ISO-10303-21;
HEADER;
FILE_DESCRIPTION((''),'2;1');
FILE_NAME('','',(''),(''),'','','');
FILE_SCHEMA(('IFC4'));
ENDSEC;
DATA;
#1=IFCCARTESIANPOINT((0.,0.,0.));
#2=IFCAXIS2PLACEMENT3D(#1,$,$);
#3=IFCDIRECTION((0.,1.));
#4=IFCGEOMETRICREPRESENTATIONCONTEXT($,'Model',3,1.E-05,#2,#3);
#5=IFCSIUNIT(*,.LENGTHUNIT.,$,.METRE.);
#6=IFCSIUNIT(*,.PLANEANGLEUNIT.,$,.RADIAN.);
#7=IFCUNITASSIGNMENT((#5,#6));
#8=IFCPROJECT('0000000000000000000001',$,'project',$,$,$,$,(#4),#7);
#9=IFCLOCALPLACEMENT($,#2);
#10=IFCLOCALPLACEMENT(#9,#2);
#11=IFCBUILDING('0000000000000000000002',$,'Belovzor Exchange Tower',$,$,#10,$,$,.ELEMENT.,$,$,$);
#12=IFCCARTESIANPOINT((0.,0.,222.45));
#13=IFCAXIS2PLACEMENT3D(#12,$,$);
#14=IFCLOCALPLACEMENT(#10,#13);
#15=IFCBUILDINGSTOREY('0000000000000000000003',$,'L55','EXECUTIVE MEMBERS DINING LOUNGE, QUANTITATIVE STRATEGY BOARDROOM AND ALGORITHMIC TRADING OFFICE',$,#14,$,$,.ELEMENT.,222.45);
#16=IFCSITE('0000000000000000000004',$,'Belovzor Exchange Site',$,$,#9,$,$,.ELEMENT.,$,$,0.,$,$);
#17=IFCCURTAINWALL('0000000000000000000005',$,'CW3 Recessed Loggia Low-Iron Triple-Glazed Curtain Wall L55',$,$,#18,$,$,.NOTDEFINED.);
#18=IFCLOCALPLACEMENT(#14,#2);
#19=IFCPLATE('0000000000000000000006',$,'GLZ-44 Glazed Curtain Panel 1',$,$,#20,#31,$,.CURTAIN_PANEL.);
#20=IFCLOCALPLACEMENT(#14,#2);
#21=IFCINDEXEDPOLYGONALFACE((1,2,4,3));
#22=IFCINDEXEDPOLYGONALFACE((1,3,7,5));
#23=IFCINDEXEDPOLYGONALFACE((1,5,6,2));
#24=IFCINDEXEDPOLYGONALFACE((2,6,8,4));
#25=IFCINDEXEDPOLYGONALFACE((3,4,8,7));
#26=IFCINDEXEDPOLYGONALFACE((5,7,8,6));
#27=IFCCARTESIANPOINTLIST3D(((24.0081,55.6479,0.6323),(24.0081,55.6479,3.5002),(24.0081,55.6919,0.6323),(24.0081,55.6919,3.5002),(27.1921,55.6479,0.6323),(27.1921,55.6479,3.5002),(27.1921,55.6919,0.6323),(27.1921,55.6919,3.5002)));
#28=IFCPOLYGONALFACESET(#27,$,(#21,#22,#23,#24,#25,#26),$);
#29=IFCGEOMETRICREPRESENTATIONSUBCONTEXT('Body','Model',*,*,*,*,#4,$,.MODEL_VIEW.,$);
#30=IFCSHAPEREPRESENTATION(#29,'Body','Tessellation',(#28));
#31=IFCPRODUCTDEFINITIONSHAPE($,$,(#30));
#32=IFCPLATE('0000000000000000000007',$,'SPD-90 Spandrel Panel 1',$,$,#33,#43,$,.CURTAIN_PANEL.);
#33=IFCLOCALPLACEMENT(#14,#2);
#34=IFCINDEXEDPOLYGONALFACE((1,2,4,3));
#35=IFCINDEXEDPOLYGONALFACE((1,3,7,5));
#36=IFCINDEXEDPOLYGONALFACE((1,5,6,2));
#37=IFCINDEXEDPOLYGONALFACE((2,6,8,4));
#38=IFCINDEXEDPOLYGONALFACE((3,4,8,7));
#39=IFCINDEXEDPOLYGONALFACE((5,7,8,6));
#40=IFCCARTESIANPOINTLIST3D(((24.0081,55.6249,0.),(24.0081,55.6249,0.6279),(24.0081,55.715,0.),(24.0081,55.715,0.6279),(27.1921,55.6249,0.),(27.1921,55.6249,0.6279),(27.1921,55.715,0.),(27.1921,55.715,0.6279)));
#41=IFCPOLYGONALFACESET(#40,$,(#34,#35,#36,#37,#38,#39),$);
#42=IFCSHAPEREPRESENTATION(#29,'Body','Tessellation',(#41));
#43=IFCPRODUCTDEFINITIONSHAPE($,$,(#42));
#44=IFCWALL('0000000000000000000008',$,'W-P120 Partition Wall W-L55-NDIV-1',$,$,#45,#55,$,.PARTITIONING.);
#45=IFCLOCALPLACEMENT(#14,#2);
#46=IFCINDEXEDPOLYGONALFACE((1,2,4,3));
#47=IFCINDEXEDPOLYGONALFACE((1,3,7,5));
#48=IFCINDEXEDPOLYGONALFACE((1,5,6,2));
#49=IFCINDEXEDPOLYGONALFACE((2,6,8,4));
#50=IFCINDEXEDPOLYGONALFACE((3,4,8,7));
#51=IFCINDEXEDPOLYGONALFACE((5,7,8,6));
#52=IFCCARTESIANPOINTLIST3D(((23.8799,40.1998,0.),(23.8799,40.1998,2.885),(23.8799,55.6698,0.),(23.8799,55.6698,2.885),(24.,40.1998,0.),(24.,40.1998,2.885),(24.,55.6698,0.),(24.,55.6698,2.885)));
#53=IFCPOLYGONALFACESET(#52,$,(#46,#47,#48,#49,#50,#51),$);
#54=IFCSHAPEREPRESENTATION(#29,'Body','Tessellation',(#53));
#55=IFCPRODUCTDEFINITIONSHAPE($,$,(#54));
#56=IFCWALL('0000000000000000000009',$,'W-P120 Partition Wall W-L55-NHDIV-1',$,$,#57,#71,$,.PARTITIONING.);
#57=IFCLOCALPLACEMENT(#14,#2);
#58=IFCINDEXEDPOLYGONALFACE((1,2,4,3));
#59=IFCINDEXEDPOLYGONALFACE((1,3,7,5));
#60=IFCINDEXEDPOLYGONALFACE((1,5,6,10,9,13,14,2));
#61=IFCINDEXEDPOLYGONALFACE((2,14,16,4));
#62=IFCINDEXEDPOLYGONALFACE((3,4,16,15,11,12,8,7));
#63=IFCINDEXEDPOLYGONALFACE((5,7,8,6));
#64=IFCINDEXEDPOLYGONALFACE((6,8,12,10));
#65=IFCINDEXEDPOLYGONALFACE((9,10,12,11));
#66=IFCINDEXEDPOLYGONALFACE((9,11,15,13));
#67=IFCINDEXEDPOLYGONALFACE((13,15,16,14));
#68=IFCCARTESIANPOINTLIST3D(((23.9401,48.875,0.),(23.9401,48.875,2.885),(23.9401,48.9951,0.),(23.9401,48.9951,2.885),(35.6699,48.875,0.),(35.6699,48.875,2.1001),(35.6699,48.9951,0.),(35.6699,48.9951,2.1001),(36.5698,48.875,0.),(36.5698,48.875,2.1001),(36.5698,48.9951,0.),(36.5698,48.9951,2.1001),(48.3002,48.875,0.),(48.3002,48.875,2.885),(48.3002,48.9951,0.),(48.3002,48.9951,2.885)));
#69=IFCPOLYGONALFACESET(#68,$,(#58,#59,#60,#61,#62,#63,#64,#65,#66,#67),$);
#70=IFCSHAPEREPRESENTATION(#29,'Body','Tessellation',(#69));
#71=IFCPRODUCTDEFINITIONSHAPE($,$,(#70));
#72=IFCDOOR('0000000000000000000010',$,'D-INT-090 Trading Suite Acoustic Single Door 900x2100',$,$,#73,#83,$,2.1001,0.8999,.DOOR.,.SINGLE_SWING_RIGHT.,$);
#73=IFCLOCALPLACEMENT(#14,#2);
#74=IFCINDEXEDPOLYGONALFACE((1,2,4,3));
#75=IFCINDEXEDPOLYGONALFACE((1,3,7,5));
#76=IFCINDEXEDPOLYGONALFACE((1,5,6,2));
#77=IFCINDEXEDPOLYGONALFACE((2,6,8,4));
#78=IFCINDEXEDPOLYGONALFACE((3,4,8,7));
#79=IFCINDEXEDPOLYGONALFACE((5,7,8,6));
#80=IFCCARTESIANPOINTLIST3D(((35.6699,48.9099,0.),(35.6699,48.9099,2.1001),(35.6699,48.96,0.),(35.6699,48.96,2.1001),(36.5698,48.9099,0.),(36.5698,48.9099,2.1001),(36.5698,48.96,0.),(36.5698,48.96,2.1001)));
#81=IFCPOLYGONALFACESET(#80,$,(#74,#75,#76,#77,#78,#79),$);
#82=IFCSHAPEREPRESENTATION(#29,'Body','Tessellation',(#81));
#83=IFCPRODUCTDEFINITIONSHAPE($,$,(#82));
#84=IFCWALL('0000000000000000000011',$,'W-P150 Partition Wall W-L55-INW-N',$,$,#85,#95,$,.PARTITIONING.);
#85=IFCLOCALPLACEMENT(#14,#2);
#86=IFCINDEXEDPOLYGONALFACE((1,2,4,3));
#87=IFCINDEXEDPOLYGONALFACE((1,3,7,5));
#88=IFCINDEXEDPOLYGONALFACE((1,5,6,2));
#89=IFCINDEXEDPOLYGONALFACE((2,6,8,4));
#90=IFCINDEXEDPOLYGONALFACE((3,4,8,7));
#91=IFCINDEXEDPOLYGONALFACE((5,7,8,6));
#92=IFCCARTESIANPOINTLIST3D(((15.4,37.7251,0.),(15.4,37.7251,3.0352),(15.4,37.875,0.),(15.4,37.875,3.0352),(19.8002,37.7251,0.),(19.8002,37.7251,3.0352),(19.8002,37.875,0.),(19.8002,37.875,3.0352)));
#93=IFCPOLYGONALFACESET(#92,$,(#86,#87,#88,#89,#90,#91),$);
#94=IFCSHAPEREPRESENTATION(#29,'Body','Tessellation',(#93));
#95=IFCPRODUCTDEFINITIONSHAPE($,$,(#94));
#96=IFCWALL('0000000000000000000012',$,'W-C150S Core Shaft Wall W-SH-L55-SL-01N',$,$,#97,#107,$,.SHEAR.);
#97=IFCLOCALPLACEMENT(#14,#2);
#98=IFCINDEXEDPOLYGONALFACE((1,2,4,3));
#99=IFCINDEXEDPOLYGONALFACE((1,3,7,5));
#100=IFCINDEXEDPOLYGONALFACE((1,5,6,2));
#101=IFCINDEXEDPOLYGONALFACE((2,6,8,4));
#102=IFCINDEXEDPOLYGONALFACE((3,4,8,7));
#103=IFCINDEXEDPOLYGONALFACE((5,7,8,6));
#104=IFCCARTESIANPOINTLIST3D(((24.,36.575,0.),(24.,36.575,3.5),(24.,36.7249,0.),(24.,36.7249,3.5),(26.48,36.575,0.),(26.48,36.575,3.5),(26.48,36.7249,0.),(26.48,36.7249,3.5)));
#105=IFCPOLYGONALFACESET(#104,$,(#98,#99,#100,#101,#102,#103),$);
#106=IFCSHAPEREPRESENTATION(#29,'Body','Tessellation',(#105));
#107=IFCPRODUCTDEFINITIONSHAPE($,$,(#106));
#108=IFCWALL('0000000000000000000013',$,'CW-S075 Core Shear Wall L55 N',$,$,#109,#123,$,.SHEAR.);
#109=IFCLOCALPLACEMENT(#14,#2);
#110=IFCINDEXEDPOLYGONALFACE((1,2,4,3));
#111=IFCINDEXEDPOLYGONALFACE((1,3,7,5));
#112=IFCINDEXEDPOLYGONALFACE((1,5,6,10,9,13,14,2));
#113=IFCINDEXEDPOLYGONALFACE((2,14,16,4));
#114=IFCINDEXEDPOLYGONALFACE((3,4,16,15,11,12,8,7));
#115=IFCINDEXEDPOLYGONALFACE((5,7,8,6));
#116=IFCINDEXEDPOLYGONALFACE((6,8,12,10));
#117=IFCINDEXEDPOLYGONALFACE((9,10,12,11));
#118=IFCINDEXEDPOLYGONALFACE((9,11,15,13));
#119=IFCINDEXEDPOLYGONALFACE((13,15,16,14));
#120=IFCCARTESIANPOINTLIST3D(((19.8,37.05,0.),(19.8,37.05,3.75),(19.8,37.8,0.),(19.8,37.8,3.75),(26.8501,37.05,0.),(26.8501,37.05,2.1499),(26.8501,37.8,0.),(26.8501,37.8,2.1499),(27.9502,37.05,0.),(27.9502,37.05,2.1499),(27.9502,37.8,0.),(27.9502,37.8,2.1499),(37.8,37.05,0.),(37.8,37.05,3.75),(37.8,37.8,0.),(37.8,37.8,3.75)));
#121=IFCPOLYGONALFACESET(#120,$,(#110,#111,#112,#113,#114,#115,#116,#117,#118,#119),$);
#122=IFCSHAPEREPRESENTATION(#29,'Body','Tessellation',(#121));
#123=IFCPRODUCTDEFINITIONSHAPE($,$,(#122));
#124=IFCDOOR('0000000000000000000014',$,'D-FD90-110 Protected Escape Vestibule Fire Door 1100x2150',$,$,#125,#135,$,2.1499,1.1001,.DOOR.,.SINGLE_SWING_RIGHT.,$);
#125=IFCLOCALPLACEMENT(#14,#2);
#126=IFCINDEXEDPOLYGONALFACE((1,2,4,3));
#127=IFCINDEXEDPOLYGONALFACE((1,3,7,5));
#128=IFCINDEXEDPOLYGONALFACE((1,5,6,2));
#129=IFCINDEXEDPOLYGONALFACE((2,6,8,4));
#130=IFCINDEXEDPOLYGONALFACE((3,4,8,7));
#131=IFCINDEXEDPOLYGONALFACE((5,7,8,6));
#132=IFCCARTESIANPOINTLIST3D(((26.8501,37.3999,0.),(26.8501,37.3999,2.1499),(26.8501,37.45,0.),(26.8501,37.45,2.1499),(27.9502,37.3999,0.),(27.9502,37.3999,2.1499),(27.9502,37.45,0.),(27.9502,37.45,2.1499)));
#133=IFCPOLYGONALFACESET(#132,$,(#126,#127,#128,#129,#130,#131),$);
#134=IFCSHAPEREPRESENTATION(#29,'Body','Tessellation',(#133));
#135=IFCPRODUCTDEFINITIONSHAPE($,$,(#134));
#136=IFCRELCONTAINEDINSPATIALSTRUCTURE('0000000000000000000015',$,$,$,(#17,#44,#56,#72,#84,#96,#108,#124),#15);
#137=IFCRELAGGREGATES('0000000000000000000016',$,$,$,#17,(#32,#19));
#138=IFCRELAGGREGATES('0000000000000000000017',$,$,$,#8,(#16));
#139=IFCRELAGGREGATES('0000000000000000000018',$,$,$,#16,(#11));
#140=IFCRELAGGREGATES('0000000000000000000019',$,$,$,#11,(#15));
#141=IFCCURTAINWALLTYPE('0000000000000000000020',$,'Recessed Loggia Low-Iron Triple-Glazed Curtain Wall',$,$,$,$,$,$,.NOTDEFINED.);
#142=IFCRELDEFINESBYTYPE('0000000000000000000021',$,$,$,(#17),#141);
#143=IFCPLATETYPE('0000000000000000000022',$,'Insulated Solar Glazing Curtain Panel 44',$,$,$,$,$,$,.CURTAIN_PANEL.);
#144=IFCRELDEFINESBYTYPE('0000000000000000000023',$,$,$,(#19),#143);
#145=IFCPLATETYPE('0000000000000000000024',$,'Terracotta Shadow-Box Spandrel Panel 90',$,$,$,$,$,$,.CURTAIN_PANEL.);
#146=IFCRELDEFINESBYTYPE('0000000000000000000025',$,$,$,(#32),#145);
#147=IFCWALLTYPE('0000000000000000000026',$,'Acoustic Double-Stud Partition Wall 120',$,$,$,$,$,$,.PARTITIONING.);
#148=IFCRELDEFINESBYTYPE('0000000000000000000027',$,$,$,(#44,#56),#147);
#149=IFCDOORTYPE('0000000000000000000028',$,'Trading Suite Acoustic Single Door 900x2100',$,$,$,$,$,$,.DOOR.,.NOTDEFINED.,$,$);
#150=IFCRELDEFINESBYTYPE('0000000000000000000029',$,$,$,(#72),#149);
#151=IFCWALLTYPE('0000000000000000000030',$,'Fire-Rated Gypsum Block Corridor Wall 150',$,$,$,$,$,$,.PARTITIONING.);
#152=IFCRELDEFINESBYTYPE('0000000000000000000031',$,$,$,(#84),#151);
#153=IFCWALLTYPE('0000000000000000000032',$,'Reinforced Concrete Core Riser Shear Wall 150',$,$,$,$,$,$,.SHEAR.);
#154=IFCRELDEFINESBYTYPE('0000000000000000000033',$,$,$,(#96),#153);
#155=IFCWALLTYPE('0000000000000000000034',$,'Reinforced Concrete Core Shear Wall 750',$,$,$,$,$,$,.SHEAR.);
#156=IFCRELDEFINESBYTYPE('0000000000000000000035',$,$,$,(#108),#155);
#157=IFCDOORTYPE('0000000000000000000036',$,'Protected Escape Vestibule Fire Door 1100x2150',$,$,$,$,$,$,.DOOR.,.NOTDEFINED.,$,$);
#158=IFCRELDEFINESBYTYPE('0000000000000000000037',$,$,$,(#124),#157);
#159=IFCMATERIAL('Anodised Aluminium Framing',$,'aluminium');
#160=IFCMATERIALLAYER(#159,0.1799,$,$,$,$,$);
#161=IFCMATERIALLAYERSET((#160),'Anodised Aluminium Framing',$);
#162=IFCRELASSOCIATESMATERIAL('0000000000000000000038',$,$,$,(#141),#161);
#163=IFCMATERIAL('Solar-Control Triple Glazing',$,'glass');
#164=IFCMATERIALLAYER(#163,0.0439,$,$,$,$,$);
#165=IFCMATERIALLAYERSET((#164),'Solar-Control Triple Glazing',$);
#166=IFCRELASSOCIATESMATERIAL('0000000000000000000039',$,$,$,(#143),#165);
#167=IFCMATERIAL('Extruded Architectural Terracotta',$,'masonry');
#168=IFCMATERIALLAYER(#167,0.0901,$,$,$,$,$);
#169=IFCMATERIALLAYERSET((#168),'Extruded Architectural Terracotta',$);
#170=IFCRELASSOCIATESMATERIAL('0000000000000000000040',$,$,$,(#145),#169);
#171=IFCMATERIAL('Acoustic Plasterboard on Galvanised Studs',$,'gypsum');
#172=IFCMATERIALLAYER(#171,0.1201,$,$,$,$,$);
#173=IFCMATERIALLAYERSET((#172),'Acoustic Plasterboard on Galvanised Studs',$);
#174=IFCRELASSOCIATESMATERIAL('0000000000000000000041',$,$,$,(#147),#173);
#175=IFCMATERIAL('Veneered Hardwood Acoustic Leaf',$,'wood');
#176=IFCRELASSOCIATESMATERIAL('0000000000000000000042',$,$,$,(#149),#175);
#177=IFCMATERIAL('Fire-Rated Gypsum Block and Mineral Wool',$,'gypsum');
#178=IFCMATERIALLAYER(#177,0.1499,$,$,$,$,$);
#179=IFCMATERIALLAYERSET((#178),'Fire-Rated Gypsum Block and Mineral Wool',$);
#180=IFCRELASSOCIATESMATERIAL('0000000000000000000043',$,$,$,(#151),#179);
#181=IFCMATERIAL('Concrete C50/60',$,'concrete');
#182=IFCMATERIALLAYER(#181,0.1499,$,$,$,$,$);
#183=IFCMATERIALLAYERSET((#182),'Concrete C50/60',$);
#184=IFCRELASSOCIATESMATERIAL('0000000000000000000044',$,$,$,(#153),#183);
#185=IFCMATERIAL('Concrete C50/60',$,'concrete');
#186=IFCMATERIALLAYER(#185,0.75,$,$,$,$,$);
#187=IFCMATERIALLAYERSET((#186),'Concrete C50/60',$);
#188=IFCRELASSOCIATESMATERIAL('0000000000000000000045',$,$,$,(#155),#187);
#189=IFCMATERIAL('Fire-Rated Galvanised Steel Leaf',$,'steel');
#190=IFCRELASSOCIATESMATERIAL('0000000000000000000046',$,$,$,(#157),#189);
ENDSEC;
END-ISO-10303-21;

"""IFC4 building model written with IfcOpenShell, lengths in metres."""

from ifc_helpers import new_model, si_unit, direction, frame, frame_2d, origin, origin_2d, place, context, subcontext, project, spatial, rectangle, extrude, material, layer, layer_set, type_object, element, fill, aggregate, save


model = new_model("IFC4")

# Units and contexts
model_context = context("Model", 3, precision=1e-05, world=origin(), true_north=direction((0.0, 1.0)))
body_context = subcontext(model_context, "Body", "Model", "MODEL_VIEW")
ifc_project = project(units=[si_unit("LENGTHUNIT", "METRE"), si_unit("PLANEANGLEUNIT", "RADIAN")], contexts=[model_context])

# Site, building, storey
site_placement = place(None, origin())
site = spatial("IfcSite", under=ifc_project, at=site_placement, Name="Belovzor Exchange Site", CompositionType="ELEMENT", RefElevation=0.0)
building_placement = place(site_placement, origin())
building = spatial("IfcBuilding", under=site, at=building_placement, Name="Belovzor Exchange Tower", CompositionType="ELEMENT")
storey_placement = place(building_placement, frame((0.0, 0.0, 222.45)))
storey = spatial("IfcBuildingStorey", under=building, at=storey_placement, Name="L55", Description="EXECUTIVE MEMBERS DINING LOUNGE, QUANTITATIVE STRATEGY BOARDROOM AND ALGORITHMIC TRADING OFFICE", CompositionType="ELEMENT", Elevation=222.45)

# Curtain wall
ifc_material_1 = material(Name="Anodised Aluminium Framing", Category="aluminium")
ifc_layer_1 = layer(ifc_material_1, 0.1799)
ifc_layer_set_1 = layer_set([ifc_layer_1], Name="Anodised Aluminium Framing")
curtain_wall_type = type_object("IfcCurtainWallType", Name="Recessed Loggia Low-Iron Triple-Glazed Curtain Wall", PredefinedType="NOTDEFINED", material=ifc_layer_set_1)
curtain_wall_placement = place(storey_placement, origin())
curtain_wall = element("IfcCurtainWall", 1, at=curtain_wall_placement, inside=storey, type_object=curtain_wall_type, Name="CW3 Recessed Loggia Low-Iron Triple-Glazed Curtain Wall L55", PredefinedType="NOTDEFINED")

# Plates
ifc_material_2 = material(Name="Solar-Control Triple Glazing", Category="glass")
ifc_layer_2 = layer(ifc_material_2, 0.0439)
ifc_layer_set_2 = layer_set([ifc_layer_2], Name="Solar-Control Triple Glazing")
plate_type_1 = type_object("IfcPlateType", Name="Insulated Solar Glazing Curtain Panel 44", PredefinedType="CURTAIN_PANEL", material=ifc_layer_set_2)
plate_1_placement = place(storey_placement, frame((25.6001, 55.6699, 0.6323), z_axis=(0.0, 0.0, 1.0), x_axis=(1.0, 0.0, 0.0)))
plate_1 = element("IfcPlate", 2, at=plate_1_placement, type_object=plate_type_1, Name="GLZ-44 Glazed Curtain Panel 1", PredefinedType="CURTAIN_PANEL", context=body_context, shape_type="SweptSolid", body=[
    extrude(rectangle(XDim=3.1841, YDim=0.0439, at=origin_2d()), origin(), (0.0, 0.0, 1.0), 2.8679),
])
ifc_material_3 = material(Name="Extruded Architectural Terracotta", Category="masonry")
ifc_layer_3 = layer(ifc_material_3, 0.0901)
ifc_layer_set_3 = layer_set([ifc_layer_3], Name="Extruded Architectural Terracotta")
plate_type_2 = type_object("IfcPlateType", Name="Terracotta Shadow-Box Spandrel Panel 90", PredefinedType="CURTAIN_PANEL", material=ifc_layer_set_3)
plate_2_placement = place(storey_placement, frame((25.6001, 55.6699, 0.0), z_axis=(0.0, 0.0, 1.0), x_axis=(1.0, 0.0, 0.0)))
plate_2 = element("IfcPlate", 3, at=plate_2_placement, type_object=plate_type_2, Name="SPD-90 Spandrel Panel 1", PredefinedType="CURTAIN_PANEL", context=body_context, shape_type="SweptSolid", body=[
    extrude(rectangle(XDim=3.1841, YDim=0.0901, at=origin_2d()), origin(), (0.0, 0.0, 1.0), 0.6279),
])
aggregate(curtain_wall, [plate_2, plate_1])

# Wall
ifc_material_4 = material(Name="Acoustic Plasterboard on Galvanised Studs", Category="gypsum")
ifc_layer_4 = layer(ifc_material_4, 0.1201)
ifc_layer_set_4 = layer_set([ifc_layer_4], Name="Acoustic Plasterboard on Galvanised Studs")
wall_type_1 = type_object("IfcWallType", Name="Acoustic Double-Stud Partition Wall 120", PredefinedType="PARTITIONING", material=ifc_layer_set_4)
wall_1_placement = place(storey_placement, frame((23.9399, 40.2, 0.0), z_axis=(0.0, 0.0, 1.0), x_axis=(0.0, 1.0, 0.0)))
element("IfcWall", 4, at=wall_1_placement, inside=storey, type_object=wall_type_1, Name="W-P120 Partition Wall W-L55-NDIV-1", PredefinedType="PARTITIONING", context=body_context, shape_type="SweptSolid", body=[
    extrude(rectangle(XDim=15.47, YDim=0.1201, at=frame_2d((7.7349, 0.0))), origin(), (0.0, 0.0, 1.0), 2.885),
])

# Wall, opening, door
wall_2_placement = place(storey_placement, frame((23.9399, 48.9351, 0.0), z_axis=(0.0, 0.0, 1.0), x_axis=(1.0, 0.0, 0.0)))
wall_2 = element("IfcWall", 5, at=wall_2_placement, inside=storey, type_object=wall_type_1, Name="W-P120 Partition Wall W-L55-NHDIV-1", PredefinedType="PARTITIONING", context=body_context, shape_type="SweptSolid", body=[
    extrude(rectangle(XDim=24.3601, YDim=0.1201, at=frame_2d((12.1802, 0.0))), origin(), (0.0, 0.0, 1.0), 2.885),
])
opening_1_placement = place(wall_2_placement, frame((11.73, 0.0, 0.0)))
opening_1 = element("IfcOpeningElement", 6, at=opening_1_placement, cuts=wall_2, PredefinedType="OPENING", context=body_context, shape_type="SweptSolid", body=[
    extrude(rectangle(XDim=0.8999, YDim=2.1001, at=frame_2d((0.45, 1.05))), frame((0.0, 0.0701, 0.0), z_axis=(0.0, -1.0, 0.0), x_axis=(1.0, 0.0, 0.0)), (0.0, 0.0, 1.0), 0.1401),
])
ifc_material_5 = material(Name="Veneered Hardwood Acoustic Leaf", Category="wood")
door_type_1 = type_object("IfcDoorType", Name="Trading Suite Acoustic Single Door 900x2100", OperationType="NOTDEFINED", PredefinedType="DOOR", material=ifc_material_5)
door_1_placement = place(opening_1_placement, origin())
door_1 = element("IfcDoor", 7, at=door_1_placement, inside=storey, type_object=door_type_1, Name="D-INT-090 Trading Suite Acoustic Single Door 900x2100", OperationType="SINGLE_SWING_RIGHT", OverallHeight=2.1001, OverallWidth=0.8999, PredefinedType="DOOR", context=body_context, shape_type="SweptSolid", body=[
    extrude(rectangle(XDim=0.8999, YDim=2.1001, at=frame_2d((0.45, 1.05))), frame((0.0, 0.0249, 0.0), z_axis=(0.0, -1.0, 0.0), x_axis=(1.0, 0.0, 0.0)), (0.0, 0.0, 1.0), 0.05),
])
fill(opening_1, door_1)

# Walls
ifc_material_6 = material(Name="Fire-Rated Gypsum Block and Mineral Wool", Category="gypsum")
ifc_layer_5 = layer(ifc_material_6, 0.1499)
ifc_layer_set_5 = layer_set([ifc_layer_5], Name="Fire-Rated Gypsum Block and Mineral Wool")
wall_type_2 = type_object("IfcWallType", Name="Fire-Rated Gypsum Block Corridor Wall 150", PredefinedType="PARTITIONING", material=ifc_layer_set_5)
wall_3_placement = place(storey_placement, frame((15.3999, 37.8, 0.0), z_axis=(0.0, 0.0, 1.0), x_axis=(1.0, 0.0, 0.0)))
element("IfcWall", 8, at=wall_3_placement, inside=storey, type_object=wall_type_2, Name="W-P150 Partition Wall W-L55-INW-N", PredefinedType="PARTITIONING", context=body_context, shape_type="SweptSolid", body=[
    extrude(rectangle(XDim=4.4001, YDim=0.1499, at=frame_2d((2.2002, 0.0))), origin(), (0.0, 0.0, 1.0), 3.0352),
])
ifc_material_7 = material(Name="Concrete C50/60", Category="concrete")
ifc_layer_6 = layer(ifc_material_7, 0.1499)
ifc_layer_set_6 = layer_set([ifc_layer_6], Name="Concrete C50/60")
wall_type_3 = type_object("IfcWallType", Name="Reinforced Concrete Core Riser Shear Wall 150", PredefinedType="SHEAR", material=ifc_layer_set_6)
wall_4_placement = place(storey_placement, frame((24.0, 36.6499, 0.0), z_axis=(0.0, 0.0, 1.0), x_axis=(1.0, 0.0, 0.0)))
element("IfcWall", 9, at=wall_4_placement, inside=storey, type_object=wall_type_3, Name="W-C150S Core Shaft Wall W-SH-L55-SL-01N", PredefinedType="SHEAR", context=body_context, shape_type="SweptSolid", body=[
    extrude(rectangle(XDim=2.48, YDim=0.1499, at=frame_2d((1.24, 0.0))), origin(), (0.0, 0.0, 1.0), 3.5),
])

# Wall, opening, door
ifc_material_8 = material(Name="Concrete C50/60", Category="concrete")
ifc_layer_7 = layer(ifc_material_8, 0.75)
ifc_layer_set_7 = layer_set([ifc_layer_7], Name="Concrete C50/60")
wall_type_4 = type_object("IfcWallType", Name="Reinforced Concrete Core Shear Wall 750", PredefinedType="SHEAR", material=ifc_layer_set_7)
wall_5_placement = place(storey_placement, frame((19.8, 37.425, 0.0), z_axis=(0.0, 0.0, 1.0), x_axis=(1.0, 0.0, 0.0)))
wall_5 = element("IfcWall", 10, at=wall_5_placement, inside=storey, type_object=wall_type_4, Name="CW-S075 Core Shear Wall L55 N", PredefinedType="SHEAR", context=body_context, shape_type="SweptSolid", body=[
    extrude(rectangle(XDim=18.0, YDim=0.75, at=frame_2d((9.0, 0.0))), origin(), (0.0, 0.0, 1.0), 3.75),
])
opening_2_placement = place(wall_5_placement, frame((7.05, 0.0, 0.0)))
opening_2 = element("IfcOpeningElement", 11, at=opening_2_placement, cuts=wall_5, PredefinedType="OPENING", context=body_context, shape_type="SweptSolid", body=[
    extrude(rectangle(XDim=1.1001, YDim=2.1499, at=frame_2d((0.55, 1.075))), frame((0.0, 0.385, 0.0), z_axis=(0.0, -1.0, 0.0), x_axis=(1.0, 0.0, 0.0)), (0.0, 0.0, 1.0), 0.77),
])
ifc_material_9 = material(Name="Fire-Rated Galvanised Steel Leaf", Category="steel")
door_type_2 = type_object("IfcDoorType", Name="Protected Escape Vestibule Fire Door 1100x2150", OperationType="NOTDEFINED", PredefinedType="DOOR", material=ifc_material_9)
door_2_placement = place(opening_2_placement, origin())
door_2 = element("IfcDoor", 12, at=door_2_placement, inside=storey, type_object=door_type_2, Name="D-FD90-110 Protected Escape Vestibule Fire Door 1100x2150", OperationType="SINGLE_SWING_RIGHT", OverallHeight=2.1499, OverallWidth=1.1001, PredefinedType="DOOR", context=body_context, shape_type="SweptSolid", body=[
    extrude(rectangle(XDim=1.1001, YDim=2.1499, at=frame_2d((0.55, 1.075))), frame((0.0, 0.0249, 0.0), z_axis=(0.0, -1.0, 0.0), x_axis=(1.0, 0.0, 0.0)), (0.0, 0.0, 1.0), 0.05),
])
fill(opening_2, door_2)

save(model, "model.ifc")
